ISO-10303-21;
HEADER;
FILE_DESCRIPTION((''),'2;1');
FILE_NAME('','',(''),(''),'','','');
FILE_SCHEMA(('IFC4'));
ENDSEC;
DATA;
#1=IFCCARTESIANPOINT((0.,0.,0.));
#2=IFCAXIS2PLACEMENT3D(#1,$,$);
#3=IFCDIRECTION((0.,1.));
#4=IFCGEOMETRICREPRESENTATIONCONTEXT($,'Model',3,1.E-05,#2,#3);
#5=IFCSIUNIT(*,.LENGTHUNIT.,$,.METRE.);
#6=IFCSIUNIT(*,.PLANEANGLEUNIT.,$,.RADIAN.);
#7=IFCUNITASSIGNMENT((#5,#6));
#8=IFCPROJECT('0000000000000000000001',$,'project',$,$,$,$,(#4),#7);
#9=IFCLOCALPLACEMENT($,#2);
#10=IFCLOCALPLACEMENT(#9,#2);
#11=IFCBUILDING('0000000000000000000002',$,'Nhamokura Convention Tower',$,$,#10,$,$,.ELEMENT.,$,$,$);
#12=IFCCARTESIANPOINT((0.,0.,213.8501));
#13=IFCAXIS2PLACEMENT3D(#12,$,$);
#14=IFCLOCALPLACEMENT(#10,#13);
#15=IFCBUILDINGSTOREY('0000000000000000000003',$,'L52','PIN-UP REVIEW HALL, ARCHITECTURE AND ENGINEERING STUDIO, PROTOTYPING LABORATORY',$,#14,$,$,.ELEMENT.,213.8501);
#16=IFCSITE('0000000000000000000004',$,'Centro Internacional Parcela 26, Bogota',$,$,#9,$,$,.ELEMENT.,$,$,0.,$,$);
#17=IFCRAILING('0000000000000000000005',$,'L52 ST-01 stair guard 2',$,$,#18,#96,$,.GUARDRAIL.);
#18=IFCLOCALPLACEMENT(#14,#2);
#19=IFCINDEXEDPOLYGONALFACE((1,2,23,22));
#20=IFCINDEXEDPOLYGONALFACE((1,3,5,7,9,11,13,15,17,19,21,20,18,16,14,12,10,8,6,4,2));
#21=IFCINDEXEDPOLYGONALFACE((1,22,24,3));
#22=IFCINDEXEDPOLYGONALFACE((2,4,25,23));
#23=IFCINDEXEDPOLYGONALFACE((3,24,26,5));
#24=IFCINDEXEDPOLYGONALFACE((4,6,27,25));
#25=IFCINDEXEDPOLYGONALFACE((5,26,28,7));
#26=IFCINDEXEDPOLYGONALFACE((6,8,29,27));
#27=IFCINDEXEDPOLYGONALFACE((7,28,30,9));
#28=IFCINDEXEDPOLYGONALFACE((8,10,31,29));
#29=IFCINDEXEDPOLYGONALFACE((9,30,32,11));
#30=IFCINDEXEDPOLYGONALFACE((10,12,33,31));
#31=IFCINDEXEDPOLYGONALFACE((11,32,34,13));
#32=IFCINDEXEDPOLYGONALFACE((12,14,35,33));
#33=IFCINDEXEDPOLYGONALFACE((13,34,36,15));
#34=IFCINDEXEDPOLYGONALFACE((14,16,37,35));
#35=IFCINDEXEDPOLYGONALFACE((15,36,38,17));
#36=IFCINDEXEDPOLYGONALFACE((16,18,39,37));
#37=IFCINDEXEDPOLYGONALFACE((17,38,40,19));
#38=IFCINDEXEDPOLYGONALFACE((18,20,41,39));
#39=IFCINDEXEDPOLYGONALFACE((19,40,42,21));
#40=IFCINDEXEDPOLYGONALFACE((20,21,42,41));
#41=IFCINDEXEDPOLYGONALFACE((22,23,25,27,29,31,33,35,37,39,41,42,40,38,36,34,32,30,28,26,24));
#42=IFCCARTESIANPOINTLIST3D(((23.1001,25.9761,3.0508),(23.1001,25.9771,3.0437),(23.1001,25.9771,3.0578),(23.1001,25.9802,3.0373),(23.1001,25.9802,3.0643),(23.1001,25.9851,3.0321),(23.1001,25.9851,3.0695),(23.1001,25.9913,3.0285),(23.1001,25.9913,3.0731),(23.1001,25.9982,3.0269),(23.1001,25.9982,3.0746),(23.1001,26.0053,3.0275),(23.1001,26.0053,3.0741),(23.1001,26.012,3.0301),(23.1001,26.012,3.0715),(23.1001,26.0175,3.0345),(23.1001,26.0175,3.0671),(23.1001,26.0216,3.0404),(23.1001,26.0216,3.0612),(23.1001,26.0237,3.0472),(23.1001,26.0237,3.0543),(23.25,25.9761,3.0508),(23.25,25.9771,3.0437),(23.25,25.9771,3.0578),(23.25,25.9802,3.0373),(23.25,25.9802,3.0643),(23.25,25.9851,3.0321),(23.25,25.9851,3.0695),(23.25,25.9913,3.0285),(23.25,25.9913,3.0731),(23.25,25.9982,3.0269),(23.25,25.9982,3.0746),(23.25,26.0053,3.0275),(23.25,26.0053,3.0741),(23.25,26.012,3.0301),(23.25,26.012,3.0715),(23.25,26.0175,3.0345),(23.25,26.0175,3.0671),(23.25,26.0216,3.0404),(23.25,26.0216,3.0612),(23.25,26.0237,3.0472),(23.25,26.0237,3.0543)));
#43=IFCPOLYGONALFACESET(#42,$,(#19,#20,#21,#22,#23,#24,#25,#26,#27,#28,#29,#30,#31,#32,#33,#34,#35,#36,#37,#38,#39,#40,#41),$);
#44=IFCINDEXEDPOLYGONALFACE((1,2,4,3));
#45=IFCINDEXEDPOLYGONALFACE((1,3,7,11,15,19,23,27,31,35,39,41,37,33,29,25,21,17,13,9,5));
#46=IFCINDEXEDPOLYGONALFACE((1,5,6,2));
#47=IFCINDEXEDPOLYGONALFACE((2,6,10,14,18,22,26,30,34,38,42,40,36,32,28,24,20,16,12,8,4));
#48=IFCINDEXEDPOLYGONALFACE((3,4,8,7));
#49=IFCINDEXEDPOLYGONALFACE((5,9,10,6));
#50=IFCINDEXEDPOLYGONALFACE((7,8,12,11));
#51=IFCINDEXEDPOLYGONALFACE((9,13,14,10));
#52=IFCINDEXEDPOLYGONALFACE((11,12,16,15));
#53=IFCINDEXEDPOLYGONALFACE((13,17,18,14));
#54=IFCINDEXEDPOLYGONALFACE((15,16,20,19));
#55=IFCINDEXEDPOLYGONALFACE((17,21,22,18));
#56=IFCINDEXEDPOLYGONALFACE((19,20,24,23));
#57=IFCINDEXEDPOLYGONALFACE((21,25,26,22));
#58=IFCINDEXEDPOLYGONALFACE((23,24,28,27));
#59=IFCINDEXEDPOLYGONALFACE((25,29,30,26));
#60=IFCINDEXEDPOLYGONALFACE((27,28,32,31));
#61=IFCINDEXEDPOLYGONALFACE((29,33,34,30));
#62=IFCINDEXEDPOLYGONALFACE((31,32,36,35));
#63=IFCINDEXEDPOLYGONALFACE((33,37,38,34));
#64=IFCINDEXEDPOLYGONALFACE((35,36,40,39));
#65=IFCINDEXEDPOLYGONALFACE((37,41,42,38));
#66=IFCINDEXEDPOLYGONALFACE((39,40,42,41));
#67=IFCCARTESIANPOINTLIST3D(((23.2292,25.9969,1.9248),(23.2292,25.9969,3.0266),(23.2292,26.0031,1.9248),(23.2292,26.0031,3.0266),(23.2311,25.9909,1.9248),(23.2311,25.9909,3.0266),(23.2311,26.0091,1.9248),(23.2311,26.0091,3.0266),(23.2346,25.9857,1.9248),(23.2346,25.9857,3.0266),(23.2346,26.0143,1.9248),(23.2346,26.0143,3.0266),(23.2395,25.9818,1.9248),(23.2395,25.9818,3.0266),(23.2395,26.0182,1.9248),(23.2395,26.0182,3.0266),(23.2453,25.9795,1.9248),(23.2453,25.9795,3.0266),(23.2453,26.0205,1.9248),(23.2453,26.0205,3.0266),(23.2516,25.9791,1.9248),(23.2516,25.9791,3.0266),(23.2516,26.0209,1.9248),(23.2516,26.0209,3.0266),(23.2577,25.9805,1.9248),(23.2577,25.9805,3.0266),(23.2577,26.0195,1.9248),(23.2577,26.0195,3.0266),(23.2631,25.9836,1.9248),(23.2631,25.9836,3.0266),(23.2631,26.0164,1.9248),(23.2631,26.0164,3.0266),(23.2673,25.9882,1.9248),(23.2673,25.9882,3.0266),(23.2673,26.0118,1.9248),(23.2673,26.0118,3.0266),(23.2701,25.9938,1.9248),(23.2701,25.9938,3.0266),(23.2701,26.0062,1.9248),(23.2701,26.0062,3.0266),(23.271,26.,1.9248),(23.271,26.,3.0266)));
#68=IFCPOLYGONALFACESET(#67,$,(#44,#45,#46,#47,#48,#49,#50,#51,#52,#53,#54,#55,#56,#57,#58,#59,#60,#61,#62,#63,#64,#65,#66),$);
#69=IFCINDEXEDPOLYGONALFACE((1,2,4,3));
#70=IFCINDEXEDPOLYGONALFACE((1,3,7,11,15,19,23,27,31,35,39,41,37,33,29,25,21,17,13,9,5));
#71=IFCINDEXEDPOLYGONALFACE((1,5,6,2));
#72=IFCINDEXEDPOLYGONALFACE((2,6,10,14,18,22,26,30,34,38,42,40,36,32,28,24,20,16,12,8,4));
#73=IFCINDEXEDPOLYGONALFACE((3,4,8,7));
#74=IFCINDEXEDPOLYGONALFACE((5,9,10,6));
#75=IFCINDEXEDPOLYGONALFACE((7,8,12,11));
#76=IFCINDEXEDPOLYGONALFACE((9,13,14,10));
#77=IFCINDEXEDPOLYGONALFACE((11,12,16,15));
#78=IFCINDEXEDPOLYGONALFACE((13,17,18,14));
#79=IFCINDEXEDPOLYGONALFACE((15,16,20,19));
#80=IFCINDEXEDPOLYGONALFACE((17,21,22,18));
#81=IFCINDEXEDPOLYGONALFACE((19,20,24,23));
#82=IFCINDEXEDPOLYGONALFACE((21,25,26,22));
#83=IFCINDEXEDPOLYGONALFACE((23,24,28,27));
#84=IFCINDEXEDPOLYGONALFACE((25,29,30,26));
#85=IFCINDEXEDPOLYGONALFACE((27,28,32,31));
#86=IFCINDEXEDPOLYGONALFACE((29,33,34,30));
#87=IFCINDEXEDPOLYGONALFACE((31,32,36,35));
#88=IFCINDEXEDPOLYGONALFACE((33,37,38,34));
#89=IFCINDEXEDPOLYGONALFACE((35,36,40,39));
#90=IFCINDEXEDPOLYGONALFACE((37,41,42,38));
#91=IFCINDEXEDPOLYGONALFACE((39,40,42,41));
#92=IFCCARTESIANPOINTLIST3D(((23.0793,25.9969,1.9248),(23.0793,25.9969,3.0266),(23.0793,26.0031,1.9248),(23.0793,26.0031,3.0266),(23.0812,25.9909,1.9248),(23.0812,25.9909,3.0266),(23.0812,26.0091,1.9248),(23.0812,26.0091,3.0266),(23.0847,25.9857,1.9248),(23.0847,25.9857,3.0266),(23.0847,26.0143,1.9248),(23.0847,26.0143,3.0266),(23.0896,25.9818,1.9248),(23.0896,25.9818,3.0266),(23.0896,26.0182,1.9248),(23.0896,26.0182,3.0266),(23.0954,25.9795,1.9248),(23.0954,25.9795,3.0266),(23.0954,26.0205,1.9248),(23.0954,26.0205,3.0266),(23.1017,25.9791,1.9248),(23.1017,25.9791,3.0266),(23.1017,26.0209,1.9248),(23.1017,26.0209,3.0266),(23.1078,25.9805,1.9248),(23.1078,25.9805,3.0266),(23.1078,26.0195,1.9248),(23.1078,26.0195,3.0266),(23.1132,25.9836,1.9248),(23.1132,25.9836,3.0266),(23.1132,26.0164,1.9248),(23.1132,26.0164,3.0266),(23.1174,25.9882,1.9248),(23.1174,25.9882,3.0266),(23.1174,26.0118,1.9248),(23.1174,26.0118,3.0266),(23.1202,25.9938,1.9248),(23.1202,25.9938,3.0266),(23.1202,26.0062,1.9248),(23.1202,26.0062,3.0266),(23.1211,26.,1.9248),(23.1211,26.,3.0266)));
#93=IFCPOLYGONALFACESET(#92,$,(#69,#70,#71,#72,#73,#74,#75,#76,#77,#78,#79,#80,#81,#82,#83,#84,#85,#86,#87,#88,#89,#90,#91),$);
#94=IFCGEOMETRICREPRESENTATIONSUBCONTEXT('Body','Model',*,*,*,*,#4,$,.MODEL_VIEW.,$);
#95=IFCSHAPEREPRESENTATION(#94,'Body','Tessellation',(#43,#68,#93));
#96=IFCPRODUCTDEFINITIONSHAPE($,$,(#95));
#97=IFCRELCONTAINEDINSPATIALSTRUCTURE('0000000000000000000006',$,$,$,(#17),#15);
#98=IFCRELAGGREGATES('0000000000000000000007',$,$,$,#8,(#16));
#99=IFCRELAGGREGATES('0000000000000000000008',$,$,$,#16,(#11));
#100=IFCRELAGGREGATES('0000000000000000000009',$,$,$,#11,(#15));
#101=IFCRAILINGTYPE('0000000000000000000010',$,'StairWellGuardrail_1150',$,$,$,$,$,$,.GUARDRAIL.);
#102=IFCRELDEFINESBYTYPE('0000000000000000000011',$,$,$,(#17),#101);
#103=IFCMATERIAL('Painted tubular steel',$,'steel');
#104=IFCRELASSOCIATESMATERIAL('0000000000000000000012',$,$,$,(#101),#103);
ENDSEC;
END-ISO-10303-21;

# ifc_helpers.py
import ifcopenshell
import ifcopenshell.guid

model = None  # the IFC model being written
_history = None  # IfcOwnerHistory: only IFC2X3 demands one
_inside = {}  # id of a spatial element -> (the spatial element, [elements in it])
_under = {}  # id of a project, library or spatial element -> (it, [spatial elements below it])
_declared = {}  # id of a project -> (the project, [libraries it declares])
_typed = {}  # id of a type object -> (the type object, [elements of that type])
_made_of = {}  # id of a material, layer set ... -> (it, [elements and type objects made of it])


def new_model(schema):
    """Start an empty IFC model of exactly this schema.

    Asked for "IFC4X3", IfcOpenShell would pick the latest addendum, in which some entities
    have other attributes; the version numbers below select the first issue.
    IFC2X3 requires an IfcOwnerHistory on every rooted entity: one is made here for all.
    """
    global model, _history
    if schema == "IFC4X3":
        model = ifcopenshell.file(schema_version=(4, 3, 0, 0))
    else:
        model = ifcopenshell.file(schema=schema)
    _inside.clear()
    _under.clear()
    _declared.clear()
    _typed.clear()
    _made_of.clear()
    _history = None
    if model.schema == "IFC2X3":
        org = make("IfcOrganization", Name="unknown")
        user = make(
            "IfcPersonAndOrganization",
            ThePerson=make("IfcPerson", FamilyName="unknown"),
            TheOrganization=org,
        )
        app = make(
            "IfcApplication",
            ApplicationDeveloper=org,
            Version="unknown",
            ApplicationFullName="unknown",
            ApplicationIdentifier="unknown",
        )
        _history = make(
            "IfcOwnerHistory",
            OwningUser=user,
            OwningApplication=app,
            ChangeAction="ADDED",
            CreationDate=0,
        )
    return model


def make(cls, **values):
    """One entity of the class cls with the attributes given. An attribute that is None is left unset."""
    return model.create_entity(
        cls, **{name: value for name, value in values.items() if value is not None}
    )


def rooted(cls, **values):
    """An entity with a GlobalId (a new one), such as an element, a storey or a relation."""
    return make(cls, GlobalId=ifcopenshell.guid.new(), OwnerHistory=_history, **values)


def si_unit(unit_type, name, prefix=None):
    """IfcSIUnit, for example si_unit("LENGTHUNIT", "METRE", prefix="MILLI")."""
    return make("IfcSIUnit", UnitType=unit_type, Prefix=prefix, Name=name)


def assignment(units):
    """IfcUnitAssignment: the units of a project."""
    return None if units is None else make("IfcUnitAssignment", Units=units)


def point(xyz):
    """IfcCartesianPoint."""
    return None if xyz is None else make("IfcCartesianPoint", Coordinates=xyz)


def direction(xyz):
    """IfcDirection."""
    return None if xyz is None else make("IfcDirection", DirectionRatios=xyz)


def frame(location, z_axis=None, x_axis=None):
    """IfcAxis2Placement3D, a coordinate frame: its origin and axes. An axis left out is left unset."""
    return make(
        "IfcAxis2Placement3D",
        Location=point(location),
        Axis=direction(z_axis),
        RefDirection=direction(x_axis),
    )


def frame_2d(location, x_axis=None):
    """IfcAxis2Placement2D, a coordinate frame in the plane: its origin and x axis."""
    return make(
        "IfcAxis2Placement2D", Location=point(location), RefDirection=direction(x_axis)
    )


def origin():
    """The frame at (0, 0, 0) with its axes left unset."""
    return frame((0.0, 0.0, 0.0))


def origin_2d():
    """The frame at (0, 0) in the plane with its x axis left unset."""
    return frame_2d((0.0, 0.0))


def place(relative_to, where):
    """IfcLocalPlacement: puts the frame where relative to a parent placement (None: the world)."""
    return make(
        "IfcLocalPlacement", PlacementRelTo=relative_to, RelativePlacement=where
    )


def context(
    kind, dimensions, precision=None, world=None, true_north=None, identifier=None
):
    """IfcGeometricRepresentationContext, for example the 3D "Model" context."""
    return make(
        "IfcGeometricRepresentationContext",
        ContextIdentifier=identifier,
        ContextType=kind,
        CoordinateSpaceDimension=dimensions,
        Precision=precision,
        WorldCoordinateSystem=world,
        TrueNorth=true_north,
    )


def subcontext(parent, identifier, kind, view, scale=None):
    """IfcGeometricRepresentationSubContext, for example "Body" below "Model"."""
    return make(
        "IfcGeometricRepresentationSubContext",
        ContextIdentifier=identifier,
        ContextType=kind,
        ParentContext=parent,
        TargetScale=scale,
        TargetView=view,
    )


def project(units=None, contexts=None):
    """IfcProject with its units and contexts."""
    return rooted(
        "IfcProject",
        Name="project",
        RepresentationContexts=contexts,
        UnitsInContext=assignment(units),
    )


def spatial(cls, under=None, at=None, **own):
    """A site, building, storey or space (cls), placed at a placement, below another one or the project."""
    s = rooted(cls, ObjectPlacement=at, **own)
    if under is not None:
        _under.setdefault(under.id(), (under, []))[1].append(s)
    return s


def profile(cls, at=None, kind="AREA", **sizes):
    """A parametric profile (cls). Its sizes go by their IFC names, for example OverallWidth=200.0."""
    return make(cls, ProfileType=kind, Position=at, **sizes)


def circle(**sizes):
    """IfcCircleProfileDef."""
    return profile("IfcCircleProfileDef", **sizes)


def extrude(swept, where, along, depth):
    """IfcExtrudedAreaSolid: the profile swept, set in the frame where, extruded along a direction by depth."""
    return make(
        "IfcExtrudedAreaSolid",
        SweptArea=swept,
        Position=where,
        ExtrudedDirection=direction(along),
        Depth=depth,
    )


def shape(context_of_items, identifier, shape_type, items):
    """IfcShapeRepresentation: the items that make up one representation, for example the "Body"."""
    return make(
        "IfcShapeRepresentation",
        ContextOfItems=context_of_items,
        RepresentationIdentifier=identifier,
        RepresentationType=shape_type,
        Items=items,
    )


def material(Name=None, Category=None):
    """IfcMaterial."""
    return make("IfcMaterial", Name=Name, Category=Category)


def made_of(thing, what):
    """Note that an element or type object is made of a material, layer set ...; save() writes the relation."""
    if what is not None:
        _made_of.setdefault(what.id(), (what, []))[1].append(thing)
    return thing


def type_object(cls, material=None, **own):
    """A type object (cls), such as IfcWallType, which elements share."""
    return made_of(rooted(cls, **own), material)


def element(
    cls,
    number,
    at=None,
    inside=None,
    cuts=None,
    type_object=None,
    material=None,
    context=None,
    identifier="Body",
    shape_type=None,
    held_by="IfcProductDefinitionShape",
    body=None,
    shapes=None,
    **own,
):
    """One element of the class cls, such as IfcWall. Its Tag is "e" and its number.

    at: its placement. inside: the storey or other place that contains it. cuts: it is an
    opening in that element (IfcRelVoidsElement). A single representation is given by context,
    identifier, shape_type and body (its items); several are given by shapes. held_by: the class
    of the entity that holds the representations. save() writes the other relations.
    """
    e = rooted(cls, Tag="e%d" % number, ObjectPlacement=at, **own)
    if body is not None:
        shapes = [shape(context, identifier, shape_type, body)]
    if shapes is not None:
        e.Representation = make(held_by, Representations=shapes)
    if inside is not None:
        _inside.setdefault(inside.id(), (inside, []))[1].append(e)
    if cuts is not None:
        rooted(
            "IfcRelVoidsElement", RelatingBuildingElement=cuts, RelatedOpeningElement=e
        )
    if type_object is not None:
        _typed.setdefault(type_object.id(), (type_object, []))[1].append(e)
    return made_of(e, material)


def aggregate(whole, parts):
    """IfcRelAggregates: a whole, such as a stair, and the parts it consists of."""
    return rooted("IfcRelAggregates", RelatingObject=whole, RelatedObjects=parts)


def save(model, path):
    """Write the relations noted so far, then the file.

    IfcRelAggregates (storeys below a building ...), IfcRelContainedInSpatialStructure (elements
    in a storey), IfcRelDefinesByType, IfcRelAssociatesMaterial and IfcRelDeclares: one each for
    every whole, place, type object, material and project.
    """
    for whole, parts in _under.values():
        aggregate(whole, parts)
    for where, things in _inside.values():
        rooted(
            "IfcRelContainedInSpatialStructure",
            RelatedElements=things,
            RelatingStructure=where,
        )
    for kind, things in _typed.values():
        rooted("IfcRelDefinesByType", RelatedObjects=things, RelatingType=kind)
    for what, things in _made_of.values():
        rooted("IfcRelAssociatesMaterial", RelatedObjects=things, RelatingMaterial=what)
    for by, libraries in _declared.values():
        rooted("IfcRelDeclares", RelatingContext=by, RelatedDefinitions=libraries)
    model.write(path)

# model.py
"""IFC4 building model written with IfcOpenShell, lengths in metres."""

from ifc_helpers import new_model, si_unit, direction, frame, origin, origin_2d, place, context, subcontext, project, spatial, circle, extrude, material, type_object, element, save


model = new_model("IFC4")

# Units and contexts
model_context = context("Model", 3, precision=1e-05, world=origin(), true_north=direction((0.0, 1.0)))
body_context = subcontext(model_context, "Body", "Model", "MODEL_VIEW")
ifc_project = project(units=[si_unit("LENGTHUNIT", "METRE"), si_unit("PLANEANGLEUNIT", "RADIAN")], contexts=[model_context])

# Site, building, storey
site_placement = place(None, origin())
site = spatial("IfcSite", under=ifc_project, at=site_placement, Name="Centro Internacional Parcela 26, Bogota", CompositionType="ELEMENT", RefElevation=0.0)
building_placement = place(site_placement, origin())
building = spatial("IfcBuilding", under=site, at=building_placement, Name="Nhamokura Convention Tower", CompositionType="ELEMENT")
storey_placement = place(building_placement, frame((0.0, 0.0, 213.8501)))
storey = spatial("IfcBuildingStorey", under=building, at=storey_placement, Name="L52", Description="PIN-UP REVIEW HALL, ARCHITECTURE AND ENGINEERING STUDIO, PROTOTYPING LABORATORY", CompositionType="ELEMENT", Elevation=213.8501)

# Railing
ifc_material_1 = material(Name="Painted tubular steel", Category="steel")
railing_type_1 = type_object("IfcRailingType", Name="StairWellGuardrail_1150", PredefinedType="GUARDRAIL", material=ifc_material_1)
railing_1_placement = place(storey_placement, frame((23.25, 26.0, 1.9248)))
element("IfcRailing", 1, at=railing_1_placement, inside=storey, type_object=railing_type_1, Name="L52 ST-01 stair guard 2", PredefinedType="GUARDRAIL", context=body_context, shape_type="SweptSolid", body=[
    extrude(circle(Radius=0.0239, at=origin_2d()), frame((0.0, 0.0, 1.126), z_axis=(-1.0, 0.0, 0.0), x_axis=(0.0, -1.0, 0.0)), (0.0, 0.0, 1.0), 0.1499),
    extrude(circle(Radius=0.021, at=origin_2d()), origin(), (0.0, 0.0, 1.0), 1.1018),
    extrude(circle(Radius=0.021, at=origin_2d()), frame((-0.1499, 0.0, 0.0)), (0.0, 0.0, 1.0), 1.1018),
])

save(model, "model.ifc")
